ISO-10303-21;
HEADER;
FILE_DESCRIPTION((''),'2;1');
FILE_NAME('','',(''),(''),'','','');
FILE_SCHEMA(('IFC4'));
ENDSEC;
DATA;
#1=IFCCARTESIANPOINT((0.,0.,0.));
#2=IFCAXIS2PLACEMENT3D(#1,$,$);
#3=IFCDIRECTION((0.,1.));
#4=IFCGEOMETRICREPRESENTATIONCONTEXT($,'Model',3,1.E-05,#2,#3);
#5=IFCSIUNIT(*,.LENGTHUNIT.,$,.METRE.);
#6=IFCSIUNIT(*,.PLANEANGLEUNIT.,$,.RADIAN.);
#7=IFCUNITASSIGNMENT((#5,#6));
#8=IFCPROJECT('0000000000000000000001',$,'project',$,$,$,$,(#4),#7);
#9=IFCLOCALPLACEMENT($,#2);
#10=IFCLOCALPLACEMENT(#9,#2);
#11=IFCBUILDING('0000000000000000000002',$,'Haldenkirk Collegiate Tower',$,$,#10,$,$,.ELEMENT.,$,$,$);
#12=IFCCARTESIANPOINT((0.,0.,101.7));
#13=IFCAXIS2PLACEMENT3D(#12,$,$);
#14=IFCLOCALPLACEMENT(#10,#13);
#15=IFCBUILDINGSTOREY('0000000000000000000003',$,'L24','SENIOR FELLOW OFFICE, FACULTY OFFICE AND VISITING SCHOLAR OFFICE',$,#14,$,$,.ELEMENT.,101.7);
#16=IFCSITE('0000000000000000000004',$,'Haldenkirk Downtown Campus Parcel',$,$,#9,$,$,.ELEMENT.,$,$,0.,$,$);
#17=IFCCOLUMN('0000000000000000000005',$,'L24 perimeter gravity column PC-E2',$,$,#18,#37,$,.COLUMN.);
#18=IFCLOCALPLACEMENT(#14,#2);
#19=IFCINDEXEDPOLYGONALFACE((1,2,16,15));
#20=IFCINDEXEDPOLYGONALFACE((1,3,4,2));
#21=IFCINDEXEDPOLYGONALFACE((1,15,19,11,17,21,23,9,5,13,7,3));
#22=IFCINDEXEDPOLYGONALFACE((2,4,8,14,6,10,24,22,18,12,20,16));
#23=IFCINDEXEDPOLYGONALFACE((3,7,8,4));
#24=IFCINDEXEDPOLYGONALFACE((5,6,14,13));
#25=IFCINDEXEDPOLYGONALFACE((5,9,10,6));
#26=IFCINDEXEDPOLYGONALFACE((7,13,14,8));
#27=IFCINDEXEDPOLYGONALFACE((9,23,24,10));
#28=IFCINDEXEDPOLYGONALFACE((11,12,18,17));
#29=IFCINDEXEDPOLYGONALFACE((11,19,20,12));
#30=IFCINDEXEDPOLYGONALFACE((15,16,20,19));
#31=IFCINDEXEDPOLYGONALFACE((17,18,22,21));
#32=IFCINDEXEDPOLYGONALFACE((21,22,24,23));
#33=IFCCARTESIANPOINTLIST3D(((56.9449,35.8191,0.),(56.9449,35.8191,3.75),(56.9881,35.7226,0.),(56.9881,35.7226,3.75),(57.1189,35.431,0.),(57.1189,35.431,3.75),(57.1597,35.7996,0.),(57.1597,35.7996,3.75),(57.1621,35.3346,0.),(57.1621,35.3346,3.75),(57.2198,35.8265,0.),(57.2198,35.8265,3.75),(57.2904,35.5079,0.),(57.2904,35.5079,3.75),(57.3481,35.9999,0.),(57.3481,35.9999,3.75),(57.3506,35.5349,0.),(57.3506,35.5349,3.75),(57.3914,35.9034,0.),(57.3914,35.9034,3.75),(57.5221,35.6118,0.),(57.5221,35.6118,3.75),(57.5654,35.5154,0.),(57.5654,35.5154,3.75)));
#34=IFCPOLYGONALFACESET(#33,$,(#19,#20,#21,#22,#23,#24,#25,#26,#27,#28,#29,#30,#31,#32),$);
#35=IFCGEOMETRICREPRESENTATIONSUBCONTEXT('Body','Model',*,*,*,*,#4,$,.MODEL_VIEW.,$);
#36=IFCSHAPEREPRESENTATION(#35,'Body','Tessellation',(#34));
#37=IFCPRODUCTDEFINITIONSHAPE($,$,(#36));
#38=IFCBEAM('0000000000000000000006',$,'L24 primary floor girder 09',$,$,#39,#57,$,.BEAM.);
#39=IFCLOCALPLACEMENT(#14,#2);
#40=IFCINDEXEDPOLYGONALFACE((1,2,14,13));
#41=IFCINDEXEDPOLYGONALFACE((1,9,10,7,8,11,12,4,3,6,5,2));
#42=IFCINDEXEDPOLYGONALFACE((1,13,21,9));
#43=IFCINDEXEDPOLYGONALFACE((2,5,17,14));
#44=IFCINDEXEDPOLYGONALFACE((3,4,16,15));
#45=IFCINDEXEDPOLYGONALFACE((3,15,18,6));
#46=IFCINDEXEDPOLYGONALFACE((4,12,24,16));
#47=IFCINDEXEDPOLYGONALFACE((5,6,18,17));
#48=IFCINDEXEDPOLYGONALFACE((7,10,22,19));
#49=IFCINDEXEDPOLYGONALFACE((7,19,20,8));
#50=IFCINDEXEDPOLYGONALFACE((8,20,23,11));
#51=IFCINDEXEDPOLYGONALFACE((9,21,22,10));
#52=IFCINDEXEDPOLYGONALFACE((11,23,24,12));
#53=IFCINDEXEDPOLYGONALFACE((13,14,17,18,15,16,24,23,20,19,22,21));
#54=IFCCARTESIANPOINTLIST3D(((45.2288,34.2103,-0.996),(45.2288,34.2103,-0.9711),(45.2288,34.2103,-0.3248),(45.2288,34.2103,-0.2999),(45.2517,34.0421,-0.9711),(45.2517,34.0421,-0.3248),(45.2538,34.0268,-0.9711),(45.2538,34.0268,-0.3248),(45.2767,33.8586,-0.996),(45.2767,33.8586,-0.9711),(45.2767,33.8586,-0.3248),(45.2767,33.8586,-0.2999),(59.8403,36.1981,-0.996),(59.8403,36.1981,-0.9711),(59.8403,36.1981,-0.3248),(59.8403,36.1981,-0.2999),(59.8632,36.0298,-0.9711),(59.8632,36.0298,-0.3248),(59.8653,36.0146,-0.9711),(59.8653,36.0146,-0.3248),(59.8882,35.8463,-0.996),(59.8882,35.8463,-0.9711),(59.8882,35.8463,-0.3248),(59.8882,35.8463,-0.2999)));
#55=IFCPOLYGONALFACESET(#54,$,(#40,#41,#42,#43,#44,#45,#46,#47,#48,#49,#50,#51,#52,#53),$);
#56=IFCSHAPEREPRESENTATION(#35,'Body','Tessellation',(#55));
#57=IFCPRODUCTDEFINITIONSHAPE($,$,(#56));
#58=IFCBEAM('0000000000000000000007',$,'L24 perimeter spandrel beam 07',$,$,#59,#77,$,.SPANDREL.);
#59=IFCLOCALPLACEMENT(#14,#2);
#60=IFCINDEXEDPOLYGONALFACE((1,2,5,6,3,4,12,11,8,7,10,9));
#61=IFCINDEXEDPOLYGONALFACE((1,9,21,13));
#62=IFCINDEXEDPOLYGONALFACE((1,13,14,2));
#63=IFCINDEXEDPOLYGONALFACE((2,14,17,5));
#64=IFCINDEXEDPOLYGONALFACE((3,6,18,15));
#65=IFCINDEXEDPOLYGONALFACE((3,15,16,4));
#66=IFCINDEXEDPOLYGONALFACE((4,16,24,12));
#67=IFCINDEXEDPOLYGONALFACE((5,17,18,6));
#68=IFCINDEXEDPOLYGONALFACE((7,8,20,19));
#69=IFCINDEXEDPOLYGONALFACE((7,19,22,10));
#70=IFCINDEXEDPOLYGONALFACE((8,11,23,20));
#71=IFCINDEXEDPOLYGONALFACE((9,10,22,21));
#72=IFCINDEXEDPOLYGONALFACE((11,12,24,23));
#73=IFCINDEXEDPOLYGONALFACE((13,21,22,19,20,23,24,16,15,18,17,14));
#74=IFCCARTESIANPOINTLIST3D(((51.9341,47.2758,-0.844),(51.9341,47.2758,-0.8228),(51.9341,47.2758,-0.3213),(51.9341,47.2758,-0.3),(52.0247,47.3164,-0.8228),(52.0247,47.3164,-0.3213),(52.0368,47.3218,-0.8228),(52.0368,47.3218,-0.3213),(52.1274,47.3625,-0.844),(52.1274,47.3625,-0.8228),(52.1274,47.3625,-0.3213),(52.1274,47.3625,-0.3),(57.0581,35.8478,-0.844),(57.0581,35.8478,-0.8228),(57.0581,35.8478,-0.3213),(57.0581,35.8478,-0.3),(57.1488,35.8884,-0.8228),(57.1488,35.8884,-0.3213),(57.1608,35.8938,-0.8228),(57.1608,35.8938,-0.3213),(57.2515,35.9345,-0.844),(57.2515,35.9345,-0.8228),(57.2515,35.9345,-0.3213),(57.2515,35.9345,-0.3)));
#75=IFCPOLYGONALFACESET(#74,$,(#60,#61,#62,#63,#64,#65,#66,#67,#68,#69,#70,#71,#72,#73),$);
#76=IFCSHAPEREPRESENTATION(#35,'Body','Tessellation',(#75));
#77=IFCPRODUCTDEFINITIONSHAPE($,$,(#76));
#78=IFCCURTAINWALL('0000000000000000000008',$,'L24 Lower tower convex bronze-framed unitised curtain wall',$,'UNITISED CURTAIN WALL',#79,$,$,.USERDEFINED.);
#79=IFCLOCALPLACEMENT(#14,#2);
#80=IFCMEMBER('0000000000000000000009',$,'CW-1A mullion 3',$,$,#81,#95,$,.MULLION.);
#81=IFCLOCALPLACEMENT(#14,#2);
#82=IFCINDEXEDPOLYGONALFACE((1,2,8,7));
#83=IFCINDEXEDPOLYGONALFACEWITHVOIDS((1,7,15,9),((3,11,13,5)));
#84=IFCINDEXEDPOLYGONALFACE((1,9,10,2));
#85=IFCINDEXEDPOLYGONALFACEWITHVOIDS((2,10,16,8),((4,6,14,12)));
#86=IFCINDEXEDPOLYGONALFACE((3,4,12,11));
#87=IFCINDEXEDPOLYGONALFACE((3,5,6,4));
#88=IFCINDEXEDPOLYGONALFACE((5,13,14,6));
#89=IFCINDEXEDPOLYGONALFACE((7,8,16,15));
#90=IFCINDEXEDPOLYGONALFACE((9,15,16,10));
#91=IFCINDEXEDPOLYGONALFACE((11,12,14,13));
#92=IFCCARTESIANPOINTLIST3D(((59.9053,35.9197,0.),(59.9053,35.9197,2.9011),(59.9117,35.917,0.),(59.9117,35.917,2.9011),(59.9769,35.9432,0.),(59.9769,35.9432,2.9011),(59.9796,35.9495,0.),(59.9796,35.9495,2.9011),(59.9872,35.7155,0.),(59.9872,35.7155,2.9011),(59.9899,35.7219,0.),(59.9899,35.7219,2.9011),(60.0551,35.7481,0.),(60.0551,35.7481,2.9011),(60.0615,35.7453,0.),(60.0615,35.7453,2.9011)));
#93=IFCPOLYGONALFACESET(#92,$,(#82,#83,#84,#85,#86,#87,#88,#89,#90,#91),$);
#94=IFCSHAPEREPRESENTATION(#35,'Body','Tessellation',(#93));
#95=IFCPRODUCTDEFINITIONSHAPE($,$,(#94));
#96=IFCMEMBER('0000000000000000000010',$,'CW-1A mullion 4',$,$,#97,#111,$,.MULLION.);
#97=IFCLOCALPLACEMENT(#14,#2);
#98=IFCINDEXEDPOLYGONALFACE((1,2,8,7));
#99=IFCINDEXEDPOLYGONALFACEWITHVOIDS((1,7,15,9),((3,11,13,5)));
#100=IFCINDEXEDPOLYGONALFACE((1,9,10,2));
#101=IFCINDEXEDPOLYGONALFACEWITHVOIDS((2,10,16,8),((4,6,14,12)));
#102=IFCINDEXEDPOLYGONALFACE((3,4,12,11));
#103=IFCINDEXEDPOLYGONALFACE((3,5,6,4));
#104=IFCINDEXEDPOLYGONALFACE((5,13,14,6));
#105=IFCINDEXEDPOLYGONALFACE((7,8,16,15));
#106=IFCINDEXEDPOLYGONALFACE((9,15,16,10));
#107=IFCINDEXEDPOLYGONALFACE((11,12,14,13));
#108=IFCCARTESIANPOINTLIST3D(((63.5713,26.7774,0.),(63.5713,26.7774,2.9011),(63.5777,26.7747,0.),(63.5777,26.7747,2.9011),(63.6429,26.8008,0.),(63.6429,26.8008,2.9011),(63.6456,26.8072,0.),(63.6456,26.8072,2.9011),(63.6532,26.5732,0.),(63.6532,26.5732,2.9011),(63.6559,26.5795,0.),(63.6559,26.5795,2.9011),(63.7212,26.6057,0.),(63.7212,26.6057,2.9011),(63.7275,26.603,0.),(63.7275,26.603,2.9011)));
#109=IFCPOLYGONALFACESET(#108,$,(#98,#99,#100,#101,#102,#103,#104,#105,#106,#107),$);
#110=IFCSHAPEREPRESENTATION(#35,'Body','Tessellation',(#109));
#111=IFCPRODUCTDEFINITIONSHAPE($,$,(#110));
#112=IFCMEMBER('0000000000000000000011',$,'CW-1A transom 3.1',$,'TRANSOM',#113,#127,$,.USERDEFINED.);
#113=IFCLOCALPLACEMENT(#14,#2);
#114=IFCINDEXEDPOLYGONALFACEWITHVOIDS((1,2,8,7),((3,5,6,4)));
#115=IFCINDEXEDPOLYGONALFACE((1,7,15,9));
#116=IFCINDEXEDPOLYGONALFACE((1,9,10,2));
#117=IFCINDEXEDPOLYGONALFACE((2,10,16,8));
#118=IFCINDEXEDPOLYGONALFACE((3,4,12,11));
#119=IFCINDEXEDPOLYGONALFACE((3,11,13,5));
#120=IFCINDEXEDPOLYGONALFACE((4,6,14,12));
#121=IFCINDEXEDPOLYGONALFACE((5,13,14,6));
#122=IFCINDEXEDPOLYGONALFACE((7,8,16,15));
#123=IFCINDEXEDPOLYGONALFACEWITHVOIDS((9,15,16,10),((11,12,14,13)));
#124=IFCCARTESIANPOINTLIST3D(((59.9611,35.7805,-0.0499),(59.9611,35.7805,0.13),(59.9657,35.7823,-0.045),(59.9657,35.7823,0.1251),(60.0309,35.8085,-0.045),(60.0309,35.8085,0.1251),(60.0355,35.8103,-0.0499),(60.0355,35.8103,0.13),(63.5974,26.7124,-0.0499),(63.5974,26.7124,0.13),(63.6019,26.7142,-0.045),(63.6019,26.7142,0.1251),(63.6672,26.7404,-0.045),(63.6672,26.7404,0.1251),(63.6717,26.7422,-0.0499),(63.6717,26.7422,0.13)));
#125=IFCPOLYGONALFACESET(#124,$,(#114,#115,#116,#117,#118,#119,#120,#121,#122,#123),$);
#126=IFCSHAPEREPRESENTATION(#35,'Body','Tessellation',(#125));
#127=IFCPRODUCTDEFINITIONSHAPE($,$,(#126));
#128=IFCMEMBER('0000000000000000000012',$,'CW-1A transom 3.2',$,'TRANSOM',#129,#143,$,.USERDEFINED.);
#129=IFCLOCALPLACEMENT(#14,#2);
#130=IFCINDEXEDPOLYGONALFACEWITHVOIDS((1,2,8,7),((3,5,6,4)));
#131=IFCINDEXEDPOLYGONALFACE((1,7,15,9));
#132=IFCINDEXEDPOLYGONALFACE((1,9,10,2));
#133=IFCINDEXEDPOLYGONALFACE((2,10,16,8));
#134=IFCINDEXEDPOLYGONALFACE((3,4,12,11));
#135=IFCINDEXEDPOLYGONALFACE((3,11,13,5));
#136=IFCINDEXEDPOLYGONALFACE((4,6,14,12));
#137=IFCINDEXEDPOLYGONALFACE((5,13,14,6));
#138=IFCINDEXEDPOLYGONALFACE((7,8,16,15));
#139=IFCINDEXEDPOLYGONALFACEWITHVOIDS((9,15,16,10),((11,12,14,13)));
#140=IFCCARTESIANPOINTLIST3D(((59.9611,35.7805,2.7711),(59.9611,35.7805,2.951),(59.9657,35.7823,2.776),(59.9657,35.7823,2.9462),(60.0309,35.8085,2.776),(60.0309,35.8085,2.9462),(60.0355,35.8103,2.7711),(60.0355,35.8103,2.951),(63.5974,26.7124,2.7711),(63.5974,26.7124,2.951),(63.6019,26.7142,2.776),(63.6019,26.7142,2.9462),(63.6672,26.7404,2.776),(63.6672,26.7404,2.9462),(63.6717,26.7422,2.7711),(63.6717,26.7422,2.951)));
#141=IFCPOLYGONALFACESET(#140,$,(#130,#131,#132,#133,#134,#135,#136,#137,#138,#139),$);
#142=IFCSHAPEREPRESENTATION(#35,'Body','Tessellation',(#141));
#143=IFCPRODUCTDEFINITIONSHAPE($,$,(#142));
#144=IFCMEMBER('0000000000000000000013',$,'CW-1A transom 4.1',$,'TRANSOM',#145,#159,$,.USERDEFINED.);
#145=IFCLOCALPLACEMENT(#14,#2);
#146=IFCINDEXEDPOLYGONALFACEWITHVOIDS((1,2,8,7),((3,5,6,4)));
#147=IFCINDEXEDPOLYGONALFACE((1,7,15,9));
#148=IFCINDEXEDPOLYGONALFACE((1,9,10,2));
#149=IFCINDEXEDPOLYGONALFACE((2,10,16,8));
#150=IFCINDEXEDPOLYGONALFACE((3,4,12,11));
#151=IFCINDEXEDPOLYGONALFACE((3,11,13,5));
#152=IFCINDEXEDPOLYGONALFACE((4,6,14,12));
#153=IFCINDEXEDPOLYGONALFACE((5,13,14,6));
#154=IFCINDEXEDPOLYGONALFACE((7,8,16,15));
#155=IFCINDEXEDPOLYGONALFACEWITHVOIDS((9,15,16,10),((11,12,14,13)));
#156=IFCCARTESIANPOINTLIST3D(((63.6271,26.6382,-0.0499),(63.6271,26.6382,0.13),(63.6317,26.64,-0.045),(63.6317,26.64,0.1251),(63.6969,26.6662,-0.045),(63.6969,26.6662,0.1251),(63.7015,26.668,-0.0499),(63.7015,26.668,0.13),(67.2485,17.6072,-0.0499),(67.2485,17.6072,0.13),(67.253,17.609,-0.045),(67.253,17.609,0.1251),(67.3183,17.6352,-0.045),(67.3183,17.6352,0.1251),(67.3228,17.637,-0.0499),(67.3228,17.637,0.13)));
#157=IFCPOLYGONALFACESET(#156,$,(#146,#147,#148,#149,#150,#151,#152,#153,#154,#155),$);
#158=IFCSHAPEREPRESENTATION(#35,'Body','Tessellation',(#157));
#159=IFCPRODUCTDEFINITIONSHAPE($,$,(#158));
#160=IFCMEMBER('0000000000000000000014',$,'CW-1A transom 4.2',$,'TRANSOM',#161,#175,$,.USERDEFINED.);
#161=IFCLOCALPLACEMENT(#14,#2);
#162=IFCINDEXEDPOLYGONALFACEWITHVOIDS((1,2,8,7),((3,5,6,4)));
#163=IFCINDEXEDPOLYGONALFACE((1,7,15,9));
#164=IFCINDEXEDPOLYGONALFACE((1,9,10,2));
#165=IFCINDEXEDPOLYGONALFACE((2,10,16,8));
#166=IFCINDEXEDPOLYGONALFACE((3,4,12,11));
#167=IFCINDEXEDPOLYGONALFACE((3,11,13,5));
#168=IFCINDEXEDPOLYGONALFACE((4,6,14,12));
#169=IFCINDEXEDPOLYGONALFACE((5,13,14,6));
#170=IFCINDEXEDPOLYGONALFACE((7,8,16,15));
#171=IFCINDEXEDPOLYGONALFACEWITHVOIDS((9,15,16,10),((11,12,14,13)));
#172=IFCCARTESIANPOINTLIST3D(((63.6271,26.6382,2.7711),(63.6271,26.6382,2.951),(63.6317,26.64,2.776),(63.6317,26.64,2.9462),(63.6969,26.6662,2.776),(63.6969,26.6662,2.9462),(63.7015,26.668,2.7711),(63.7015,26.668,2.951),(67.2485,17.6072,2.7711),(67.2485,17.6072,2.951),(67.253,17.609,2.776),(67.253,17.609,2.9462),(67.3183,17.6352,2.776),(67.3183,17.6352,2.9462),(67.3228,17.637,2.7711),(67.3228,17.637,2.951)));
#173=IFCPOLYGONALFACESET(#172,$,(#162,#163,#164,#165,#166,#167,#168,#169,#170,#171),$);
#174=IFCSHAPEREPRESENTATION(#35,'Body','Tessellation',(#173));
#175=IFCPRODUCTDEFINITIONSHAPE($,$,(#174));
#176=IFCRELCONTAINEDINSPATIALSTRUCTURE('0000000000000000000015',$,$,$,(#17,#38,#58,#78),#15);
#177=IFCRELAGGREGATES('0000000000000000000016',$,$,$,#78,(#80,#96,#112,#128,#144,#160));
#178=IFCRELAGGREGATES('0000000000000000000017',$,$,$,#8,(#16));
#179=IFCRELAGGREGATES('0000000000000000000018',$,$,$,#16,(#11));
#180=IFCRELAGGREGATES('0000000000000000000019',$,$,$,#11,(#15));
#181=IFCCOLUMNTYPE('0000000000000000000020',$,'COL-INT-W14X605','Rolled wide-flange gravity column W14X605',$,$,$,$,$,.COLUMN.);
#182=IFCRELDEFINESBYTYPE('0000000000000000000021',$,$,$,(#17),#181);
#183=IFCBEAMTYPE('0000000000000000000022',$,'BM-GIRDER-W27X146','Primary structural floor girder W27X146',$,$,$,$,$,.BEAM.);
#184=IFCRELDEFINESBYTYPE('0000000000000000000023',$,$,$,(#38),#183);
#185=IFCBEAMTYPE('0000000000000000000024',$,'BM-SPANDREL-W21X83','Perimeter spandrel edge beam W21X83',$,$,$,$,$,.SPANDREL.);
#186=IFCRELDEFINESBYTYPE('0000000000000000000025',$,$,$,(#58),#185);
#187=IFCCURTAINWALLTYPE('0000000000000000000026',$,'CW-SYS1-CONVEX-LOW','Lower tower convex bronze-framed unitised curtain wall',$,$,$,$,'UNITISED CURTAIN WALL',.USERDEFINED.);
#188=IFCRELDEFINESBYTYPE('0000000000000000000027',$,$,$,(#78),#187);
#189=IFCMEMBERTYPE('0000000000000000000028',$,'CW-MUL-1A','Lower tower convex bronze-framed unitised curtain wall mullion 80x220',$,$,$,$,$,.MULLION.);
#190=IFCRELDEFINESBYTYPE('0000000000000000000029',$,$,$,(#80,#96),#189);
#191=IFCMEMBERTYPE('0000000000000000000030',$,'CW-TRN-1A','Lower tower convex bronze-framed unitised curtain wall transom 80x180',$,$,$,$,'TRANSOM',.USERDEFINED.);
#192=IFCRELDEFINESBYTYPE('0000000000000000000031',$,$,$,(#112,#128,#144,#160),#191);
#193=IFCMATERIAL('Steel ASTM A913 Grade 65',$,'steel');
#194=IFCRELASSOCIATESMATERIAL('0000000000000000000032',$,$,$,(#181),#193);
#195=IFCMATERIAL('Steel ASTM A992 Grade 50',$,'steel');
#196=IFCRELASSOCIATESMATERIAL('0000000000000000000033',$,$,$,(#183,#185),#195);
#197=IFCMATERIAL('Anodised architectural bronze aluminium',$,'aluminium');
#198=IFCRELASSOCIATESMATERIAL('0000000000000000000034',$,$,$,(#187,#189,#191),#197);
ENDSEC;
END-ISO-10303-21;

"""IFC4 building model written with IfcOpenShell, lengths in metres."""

from ifc_helpers import new_model, si_unit, direction, frame, origin, origin_2d, place, context, subcontext, project, spatial, hollow_rectangle, i_section, extrude, material, material_profile, profile_set, type_object, element, aggregate, save


model = new_model("IFC4")

# Units and contexts
model_context = context("Model", 3, precision=1e-05, world=origin(), true_north=direction((0.0, 1.0)))
body_context = subcontext(model_context, "Body", "Model", "MODEL_VIEW")
ifc_project = project(units=[si_unit("LENGTHUNIT", "METRE"), si_unit("PLANEANGLEUNIT", "RADIAN")], contexts=[model_context])

# Site, building, storey
site_placement = place(None, origin())
site = spatial("IfcSite", under=ifc_project, at=site_placement, Name="Haldenkirk Downtown Campus Parcel", CompositionType="ELEMENT", RefElevation=0.0)
building_placement = place(site_placement, origin())
building = spatial("IfcBuilding", under=site, at=building_placement, Name="Haldenkirk Collegiate Tower", CompositionType="ELEMENT")
storey_placement = place(building_placement, frame((0.0, 0.0, 101.7)))
storey = spatial("IfcBuildingStorey", under=building, at=storey_placement, Name="L24", Description="SENIOR FELLOW OFFICE, FACULTY OFFICE AND VISITING SCHOLAR OFFICE", CompositionType="ELEMENT", Elevation=101.7)

# Column
ifc_material_1 = material(Name="Steel ASTM A913 Grade 65", Category="steel")
ifc_material_profile_1 = material_profile(ifc_material_1, i_section(OverallWidth=0.4419, OverallDepth=0.531, WebThickness=0.0659, FlangeThickness=0.1057, at=origin_2d()), Name="W14X605")
ifc_profile_set_1 = profile_set([ifc_material_profile_1], Name="Steel ASTM A913 Grade 65")
column_type = type_object("IfcColumnType", Name="COL-INT-W14X605", Description="Rolled wide-flange gravity column W14X605", PredefinedType="COLUMN", material=ifc_profile_set_1)
column_placement = place(storey_placement, frame((57.2551, 35.6672, 0.0), z_axis=(0.0, 0.0, 1.0), x_axis=(0.912477, 0.409127, 0.0)))
element("IfcColumn", 1, at=column_placement, inside=storey, type_object=column_type, Name="L24 perimeter gravity column PC-E2", PredefinedType="COLUMN", context=body_context, shape_type="SweptSolid", body=[
    extrude(i_section(OverallWidth=0.4419, OverallDepth=0.531, WebThickness=0.0659, FlangeThickness=0.1057, at=origin_2d()), origin(), (0.0, 0.0, 1.0), 3.75),
])

# Beams
ifc_material_2 = material(Name="Steel ASTM A992 Grade 50", Category="steel")
ifc_material_profile_2 = material_profile(ifc_material_2, i_section(OverallWidth=0.355, OverallDepth=0.696, WebThickness=0.0154, FlangeThickness=0.0249, at=origin_2d()), Name="W27X146")
ifc_profile_set_2 = profile_set([ifc_material_profile_2], Name="Steel ASTM A992 Grade 50")
beam_type_1 = type_object("IfcBeamType", Name="BM-GIRDER-W27X146", Description="Primary structural floor girder W27X146", PredefinedType="BEAM", material=ifc_profile_set_2)
beam_1_placement = place(storey_placement, frame((59.8643, 36.0222, -0.6479), z_axis=(-0.990873, -0.134801, 0.0), x_axis=(0.134801, -0.990873, 0.0)))
element("IfcBeam", 2, at=beam_1_placement, inside=storey, type_object=beam_type_1, Name="L24 primary floor girder 09", PredefinedType="BEAM", context=body_context, shape_type="SweptSolid", body=[
    extrude(i_section(OverallWidth=0.355, OverallDepth=0.696, WebThickness=0.0154, FlangeThickness=0.0249, at=origin_2d()), origin(), (0.0, 0.0, 1.0), 14.7461),
])
ifc_material_profile_3 = material_profile(ifc_material_2, i_section(OverallWidth=0.2119, OverallDepth=0.5439, WebThickness=0.0132, FlangeThickness=0.0212, at=origin_2d()), Name="W21X83")
ifc_profile_set_3 = profile_set([ifc_material_profile_3], Name="Steel ASTM A992 Grade 50")
beam_type_2 = type_object("IfcBeamType", Name="BM-SPANDREL-W21X83", Description="Perimeter spandrel edge beam W21X83", PredefinedType="SPANDREL", material=ifc_profile_set_3)
beam_2_placement = place(storey_placement, frame((57.1548, 35.8911, -0.572), z_axis=(-0.409131, 0.912475, 0.0), x_axis=(-0.912475, -0.409131, 0.0)))
element("IfcBeam", 3, at=beam_2_placement, inside=storey, type_object=beam_type_2, Name="L24 perimeter spandrel beam 07", PredefinedType="SPANDREL", context=body_context, shape_type="SweptSolid", body=[
    extrude(i_section(OverallWidth=0.2119, OverallDepth=0.5439, WebThickness=0.0132, FlangeThickness=0.0212, at=origin_2d()), origin(), (0.0, 0.0, 1.0), 12.5242),
])

# Curtain wall, members
ifc_material_3 = material(Name="Anodised architectural bronze aluminium", Category="aluminium")
curtain_wall_type = type_object("IfcCurtainWallType", Name="CW-SYS1-CONVEX-LOW", Description="Lower tower convex bronze-framed unitised curtain wall", ElementType="UNITISED CURTAIN WALL", PredefinedType="USERDEFINED", material=ifc_material_3)
curtain_wall_placement = place(storey_placement, origin())
curtain_wall = element("IfcCurtainWall", 4, at=curtain_wall_placement, inside=storey, type_object=curtain_wall_type, Name="L24 Lower tower convex bronze-framed unitised curtain wall", ObjectType="UNITISED CURTAIN WALL", PredefinedType="USERDEFINED")
ifc_material_profile_4 = material_profile(ifc_material_3, hollow_rectangle(XDim=0.0801, YDim=0.22, WallThickness=0.0049, at=origin_2d()), Name="CW-MUL-1A")
ifc_profile_set_4 = profile_set([ifc_material_profile_4], Name="Anodised architectural bronze aluminium")
member_type_1 = type_object("IfcMemberType", Name="CW-MUL-1A", Description="Lower tower convex bronze-framed unitised curtain wall mullion 80x220", PredefinedType="MULLION", material=ifc_profile_set_4)
member_1_placement = place(storey_placement, frame((59.9834, 35.8325, 0.0), z_axis=(0.0, 0.0, 1.0), x_axis=(0.928163, 0.372175, 0.0)))
member_1 = element("IfcMember", 5, at=member_1_placement, type_object=member_type_1, Name="CW-1A mullion 3", PredefinedType="MULLION", context=body_context, shape_type="SweptSolid", body=[
    extrude(hollow_rectangle(XDim=0.0801, YDim=0.22, WallThickness=0.0049, at=origin_2d()), origin(), (0.0, 0.0, 1.0), 2.9011),
])
member_2_placement = place(storey_placement, frame((63.6494, 26.6902, 0.0), z_axis=(0.0, 0.0, 1.0), x_axis=(0.928163, 0.372175, 0.0)))
member_2 = element("IfcMember", 6, at=member_2_placement, type_object=member_type_1, Name="CW-1A mullion 4", PredefinedType="MULLION", context=body_context, shape_type="SweptSolid", body=[
    extrude(hollow_rectangle(XDim=0.0801, YDim=0.22, WallThickness=0.0049, at=origin_2d()), origin(), (0.0, 0.0, 1.0), 2.9011),
])
ifc_material_profile_5 = material_profile(ifc_material_3, hollow_rectangle(XDim=0.0801, YDim=0.1799, WallThickness=0.0049, at=origin_2d()), Name="CW-TRN-1A")
ifc_profile_set_5 = profile_set([ifc_material_profile_5], Name="Anodised architectural bronze aluminium")
member_type_2 = type_object("IfcMemberType", Name="CW-TRN-1A", Description="Lower tower convex bronze-framed unitised curtain wall transom 80x180", ElementType="TRANSOM", PredefinedType="USERDEFINED", material=ifc_profile_set_5)
member_3_placement = place(storey_placement, frame((59.9983, 35.7954, 0.04), z_axis=(0.372183, -0.928159, 0.0), x_axis=(0.928159, 0.372183, 0.0)))
member_3 = element("IfcMember", 7, at=member_3_placement, type_object=member_type_2, Name="CW-1A transom 3.1", ObjectType="TRANSOM", PredefinedType="USERDEFINED", context=body_context, shape_type="SweptSolid", body=[
    extrude(hollow_rectangle(XDim=0.0801, YDim=0.1799, WallThickness=0.0049, at=origin_2d()), origin(), (0.0, 0.0, 1.0), 9.77),
])
member_4_placement = place(storey_placement, frame((59.9983, 35.7954, 2.8611), z_axis=(0.372183, -0.928159, 0.0), x_axis=(0.928159, 0.372183, 0.0)))
member_4 = element("IfcMember", 8, at=member_4_placement, type_object=member_type_2, Name="CW-1A transom 3.2", ObjectType="TRANSOM", PredefinedType="USERDEFINED", context=body_context, shape_type="SweptSolid", body=[
    extrude(hollow_rectangle(XDim=0.0801, YDim=0.1799, WallThickness=0.0049, at=origin_2d()), origin(), (0.0, 0.0, 1.0), 9.77),
])
member_5_placement = place(storey_placement, frame((63.6643, 26.6531, 0.04), z_axis=(0.372182, -0.92816, 0.0), x_axis=(0.92816, 0.372182, 0.0)))
member_5 = element("IfcMember", 9, at=member_5_placement, type_object=member_type_2, Name="CW-1A transom 4.1", ObjectType="TRANSOM", PredefinedType="USERDEFINED", context=body_context, shape_type="SweptSolid", body=[
    extrude(hollow_rectangle(XDim=0.0801, YDim=0.1799, WallThickness=0.0049, at=origin_2d()), origin(), (0.0, 0.0, 1.0), 9.73),
])
member_6_placement = place(storey_placement, frame((63.6643, 26.6531, 2.8611), z_axis=(0.372182, -0.92816, 0.0), x_axis=(0.92816, 0.372182, 0.0)))
member_6 = element("IfcMember", 10, at=member_6_placement, type_object=member_type_2, Name="CW-1A transom 4.2", ObjectType="TRANSOM", PredefinedType="USERDEFINED", context=body_context, shape_type="SweptSolid", body=[
    extrude(hollow_rectangle(XDim=0.0801, YDim=0.1799, WallThickness=0.0049, at=origin_2d()), origin(), (0.0, 0.0, 1.0), 9.73),
])
aggregate(curtain_wall, [member_1, member_2, member_3, member_4, member_5, member_6])

save(model, "model.ifc")
